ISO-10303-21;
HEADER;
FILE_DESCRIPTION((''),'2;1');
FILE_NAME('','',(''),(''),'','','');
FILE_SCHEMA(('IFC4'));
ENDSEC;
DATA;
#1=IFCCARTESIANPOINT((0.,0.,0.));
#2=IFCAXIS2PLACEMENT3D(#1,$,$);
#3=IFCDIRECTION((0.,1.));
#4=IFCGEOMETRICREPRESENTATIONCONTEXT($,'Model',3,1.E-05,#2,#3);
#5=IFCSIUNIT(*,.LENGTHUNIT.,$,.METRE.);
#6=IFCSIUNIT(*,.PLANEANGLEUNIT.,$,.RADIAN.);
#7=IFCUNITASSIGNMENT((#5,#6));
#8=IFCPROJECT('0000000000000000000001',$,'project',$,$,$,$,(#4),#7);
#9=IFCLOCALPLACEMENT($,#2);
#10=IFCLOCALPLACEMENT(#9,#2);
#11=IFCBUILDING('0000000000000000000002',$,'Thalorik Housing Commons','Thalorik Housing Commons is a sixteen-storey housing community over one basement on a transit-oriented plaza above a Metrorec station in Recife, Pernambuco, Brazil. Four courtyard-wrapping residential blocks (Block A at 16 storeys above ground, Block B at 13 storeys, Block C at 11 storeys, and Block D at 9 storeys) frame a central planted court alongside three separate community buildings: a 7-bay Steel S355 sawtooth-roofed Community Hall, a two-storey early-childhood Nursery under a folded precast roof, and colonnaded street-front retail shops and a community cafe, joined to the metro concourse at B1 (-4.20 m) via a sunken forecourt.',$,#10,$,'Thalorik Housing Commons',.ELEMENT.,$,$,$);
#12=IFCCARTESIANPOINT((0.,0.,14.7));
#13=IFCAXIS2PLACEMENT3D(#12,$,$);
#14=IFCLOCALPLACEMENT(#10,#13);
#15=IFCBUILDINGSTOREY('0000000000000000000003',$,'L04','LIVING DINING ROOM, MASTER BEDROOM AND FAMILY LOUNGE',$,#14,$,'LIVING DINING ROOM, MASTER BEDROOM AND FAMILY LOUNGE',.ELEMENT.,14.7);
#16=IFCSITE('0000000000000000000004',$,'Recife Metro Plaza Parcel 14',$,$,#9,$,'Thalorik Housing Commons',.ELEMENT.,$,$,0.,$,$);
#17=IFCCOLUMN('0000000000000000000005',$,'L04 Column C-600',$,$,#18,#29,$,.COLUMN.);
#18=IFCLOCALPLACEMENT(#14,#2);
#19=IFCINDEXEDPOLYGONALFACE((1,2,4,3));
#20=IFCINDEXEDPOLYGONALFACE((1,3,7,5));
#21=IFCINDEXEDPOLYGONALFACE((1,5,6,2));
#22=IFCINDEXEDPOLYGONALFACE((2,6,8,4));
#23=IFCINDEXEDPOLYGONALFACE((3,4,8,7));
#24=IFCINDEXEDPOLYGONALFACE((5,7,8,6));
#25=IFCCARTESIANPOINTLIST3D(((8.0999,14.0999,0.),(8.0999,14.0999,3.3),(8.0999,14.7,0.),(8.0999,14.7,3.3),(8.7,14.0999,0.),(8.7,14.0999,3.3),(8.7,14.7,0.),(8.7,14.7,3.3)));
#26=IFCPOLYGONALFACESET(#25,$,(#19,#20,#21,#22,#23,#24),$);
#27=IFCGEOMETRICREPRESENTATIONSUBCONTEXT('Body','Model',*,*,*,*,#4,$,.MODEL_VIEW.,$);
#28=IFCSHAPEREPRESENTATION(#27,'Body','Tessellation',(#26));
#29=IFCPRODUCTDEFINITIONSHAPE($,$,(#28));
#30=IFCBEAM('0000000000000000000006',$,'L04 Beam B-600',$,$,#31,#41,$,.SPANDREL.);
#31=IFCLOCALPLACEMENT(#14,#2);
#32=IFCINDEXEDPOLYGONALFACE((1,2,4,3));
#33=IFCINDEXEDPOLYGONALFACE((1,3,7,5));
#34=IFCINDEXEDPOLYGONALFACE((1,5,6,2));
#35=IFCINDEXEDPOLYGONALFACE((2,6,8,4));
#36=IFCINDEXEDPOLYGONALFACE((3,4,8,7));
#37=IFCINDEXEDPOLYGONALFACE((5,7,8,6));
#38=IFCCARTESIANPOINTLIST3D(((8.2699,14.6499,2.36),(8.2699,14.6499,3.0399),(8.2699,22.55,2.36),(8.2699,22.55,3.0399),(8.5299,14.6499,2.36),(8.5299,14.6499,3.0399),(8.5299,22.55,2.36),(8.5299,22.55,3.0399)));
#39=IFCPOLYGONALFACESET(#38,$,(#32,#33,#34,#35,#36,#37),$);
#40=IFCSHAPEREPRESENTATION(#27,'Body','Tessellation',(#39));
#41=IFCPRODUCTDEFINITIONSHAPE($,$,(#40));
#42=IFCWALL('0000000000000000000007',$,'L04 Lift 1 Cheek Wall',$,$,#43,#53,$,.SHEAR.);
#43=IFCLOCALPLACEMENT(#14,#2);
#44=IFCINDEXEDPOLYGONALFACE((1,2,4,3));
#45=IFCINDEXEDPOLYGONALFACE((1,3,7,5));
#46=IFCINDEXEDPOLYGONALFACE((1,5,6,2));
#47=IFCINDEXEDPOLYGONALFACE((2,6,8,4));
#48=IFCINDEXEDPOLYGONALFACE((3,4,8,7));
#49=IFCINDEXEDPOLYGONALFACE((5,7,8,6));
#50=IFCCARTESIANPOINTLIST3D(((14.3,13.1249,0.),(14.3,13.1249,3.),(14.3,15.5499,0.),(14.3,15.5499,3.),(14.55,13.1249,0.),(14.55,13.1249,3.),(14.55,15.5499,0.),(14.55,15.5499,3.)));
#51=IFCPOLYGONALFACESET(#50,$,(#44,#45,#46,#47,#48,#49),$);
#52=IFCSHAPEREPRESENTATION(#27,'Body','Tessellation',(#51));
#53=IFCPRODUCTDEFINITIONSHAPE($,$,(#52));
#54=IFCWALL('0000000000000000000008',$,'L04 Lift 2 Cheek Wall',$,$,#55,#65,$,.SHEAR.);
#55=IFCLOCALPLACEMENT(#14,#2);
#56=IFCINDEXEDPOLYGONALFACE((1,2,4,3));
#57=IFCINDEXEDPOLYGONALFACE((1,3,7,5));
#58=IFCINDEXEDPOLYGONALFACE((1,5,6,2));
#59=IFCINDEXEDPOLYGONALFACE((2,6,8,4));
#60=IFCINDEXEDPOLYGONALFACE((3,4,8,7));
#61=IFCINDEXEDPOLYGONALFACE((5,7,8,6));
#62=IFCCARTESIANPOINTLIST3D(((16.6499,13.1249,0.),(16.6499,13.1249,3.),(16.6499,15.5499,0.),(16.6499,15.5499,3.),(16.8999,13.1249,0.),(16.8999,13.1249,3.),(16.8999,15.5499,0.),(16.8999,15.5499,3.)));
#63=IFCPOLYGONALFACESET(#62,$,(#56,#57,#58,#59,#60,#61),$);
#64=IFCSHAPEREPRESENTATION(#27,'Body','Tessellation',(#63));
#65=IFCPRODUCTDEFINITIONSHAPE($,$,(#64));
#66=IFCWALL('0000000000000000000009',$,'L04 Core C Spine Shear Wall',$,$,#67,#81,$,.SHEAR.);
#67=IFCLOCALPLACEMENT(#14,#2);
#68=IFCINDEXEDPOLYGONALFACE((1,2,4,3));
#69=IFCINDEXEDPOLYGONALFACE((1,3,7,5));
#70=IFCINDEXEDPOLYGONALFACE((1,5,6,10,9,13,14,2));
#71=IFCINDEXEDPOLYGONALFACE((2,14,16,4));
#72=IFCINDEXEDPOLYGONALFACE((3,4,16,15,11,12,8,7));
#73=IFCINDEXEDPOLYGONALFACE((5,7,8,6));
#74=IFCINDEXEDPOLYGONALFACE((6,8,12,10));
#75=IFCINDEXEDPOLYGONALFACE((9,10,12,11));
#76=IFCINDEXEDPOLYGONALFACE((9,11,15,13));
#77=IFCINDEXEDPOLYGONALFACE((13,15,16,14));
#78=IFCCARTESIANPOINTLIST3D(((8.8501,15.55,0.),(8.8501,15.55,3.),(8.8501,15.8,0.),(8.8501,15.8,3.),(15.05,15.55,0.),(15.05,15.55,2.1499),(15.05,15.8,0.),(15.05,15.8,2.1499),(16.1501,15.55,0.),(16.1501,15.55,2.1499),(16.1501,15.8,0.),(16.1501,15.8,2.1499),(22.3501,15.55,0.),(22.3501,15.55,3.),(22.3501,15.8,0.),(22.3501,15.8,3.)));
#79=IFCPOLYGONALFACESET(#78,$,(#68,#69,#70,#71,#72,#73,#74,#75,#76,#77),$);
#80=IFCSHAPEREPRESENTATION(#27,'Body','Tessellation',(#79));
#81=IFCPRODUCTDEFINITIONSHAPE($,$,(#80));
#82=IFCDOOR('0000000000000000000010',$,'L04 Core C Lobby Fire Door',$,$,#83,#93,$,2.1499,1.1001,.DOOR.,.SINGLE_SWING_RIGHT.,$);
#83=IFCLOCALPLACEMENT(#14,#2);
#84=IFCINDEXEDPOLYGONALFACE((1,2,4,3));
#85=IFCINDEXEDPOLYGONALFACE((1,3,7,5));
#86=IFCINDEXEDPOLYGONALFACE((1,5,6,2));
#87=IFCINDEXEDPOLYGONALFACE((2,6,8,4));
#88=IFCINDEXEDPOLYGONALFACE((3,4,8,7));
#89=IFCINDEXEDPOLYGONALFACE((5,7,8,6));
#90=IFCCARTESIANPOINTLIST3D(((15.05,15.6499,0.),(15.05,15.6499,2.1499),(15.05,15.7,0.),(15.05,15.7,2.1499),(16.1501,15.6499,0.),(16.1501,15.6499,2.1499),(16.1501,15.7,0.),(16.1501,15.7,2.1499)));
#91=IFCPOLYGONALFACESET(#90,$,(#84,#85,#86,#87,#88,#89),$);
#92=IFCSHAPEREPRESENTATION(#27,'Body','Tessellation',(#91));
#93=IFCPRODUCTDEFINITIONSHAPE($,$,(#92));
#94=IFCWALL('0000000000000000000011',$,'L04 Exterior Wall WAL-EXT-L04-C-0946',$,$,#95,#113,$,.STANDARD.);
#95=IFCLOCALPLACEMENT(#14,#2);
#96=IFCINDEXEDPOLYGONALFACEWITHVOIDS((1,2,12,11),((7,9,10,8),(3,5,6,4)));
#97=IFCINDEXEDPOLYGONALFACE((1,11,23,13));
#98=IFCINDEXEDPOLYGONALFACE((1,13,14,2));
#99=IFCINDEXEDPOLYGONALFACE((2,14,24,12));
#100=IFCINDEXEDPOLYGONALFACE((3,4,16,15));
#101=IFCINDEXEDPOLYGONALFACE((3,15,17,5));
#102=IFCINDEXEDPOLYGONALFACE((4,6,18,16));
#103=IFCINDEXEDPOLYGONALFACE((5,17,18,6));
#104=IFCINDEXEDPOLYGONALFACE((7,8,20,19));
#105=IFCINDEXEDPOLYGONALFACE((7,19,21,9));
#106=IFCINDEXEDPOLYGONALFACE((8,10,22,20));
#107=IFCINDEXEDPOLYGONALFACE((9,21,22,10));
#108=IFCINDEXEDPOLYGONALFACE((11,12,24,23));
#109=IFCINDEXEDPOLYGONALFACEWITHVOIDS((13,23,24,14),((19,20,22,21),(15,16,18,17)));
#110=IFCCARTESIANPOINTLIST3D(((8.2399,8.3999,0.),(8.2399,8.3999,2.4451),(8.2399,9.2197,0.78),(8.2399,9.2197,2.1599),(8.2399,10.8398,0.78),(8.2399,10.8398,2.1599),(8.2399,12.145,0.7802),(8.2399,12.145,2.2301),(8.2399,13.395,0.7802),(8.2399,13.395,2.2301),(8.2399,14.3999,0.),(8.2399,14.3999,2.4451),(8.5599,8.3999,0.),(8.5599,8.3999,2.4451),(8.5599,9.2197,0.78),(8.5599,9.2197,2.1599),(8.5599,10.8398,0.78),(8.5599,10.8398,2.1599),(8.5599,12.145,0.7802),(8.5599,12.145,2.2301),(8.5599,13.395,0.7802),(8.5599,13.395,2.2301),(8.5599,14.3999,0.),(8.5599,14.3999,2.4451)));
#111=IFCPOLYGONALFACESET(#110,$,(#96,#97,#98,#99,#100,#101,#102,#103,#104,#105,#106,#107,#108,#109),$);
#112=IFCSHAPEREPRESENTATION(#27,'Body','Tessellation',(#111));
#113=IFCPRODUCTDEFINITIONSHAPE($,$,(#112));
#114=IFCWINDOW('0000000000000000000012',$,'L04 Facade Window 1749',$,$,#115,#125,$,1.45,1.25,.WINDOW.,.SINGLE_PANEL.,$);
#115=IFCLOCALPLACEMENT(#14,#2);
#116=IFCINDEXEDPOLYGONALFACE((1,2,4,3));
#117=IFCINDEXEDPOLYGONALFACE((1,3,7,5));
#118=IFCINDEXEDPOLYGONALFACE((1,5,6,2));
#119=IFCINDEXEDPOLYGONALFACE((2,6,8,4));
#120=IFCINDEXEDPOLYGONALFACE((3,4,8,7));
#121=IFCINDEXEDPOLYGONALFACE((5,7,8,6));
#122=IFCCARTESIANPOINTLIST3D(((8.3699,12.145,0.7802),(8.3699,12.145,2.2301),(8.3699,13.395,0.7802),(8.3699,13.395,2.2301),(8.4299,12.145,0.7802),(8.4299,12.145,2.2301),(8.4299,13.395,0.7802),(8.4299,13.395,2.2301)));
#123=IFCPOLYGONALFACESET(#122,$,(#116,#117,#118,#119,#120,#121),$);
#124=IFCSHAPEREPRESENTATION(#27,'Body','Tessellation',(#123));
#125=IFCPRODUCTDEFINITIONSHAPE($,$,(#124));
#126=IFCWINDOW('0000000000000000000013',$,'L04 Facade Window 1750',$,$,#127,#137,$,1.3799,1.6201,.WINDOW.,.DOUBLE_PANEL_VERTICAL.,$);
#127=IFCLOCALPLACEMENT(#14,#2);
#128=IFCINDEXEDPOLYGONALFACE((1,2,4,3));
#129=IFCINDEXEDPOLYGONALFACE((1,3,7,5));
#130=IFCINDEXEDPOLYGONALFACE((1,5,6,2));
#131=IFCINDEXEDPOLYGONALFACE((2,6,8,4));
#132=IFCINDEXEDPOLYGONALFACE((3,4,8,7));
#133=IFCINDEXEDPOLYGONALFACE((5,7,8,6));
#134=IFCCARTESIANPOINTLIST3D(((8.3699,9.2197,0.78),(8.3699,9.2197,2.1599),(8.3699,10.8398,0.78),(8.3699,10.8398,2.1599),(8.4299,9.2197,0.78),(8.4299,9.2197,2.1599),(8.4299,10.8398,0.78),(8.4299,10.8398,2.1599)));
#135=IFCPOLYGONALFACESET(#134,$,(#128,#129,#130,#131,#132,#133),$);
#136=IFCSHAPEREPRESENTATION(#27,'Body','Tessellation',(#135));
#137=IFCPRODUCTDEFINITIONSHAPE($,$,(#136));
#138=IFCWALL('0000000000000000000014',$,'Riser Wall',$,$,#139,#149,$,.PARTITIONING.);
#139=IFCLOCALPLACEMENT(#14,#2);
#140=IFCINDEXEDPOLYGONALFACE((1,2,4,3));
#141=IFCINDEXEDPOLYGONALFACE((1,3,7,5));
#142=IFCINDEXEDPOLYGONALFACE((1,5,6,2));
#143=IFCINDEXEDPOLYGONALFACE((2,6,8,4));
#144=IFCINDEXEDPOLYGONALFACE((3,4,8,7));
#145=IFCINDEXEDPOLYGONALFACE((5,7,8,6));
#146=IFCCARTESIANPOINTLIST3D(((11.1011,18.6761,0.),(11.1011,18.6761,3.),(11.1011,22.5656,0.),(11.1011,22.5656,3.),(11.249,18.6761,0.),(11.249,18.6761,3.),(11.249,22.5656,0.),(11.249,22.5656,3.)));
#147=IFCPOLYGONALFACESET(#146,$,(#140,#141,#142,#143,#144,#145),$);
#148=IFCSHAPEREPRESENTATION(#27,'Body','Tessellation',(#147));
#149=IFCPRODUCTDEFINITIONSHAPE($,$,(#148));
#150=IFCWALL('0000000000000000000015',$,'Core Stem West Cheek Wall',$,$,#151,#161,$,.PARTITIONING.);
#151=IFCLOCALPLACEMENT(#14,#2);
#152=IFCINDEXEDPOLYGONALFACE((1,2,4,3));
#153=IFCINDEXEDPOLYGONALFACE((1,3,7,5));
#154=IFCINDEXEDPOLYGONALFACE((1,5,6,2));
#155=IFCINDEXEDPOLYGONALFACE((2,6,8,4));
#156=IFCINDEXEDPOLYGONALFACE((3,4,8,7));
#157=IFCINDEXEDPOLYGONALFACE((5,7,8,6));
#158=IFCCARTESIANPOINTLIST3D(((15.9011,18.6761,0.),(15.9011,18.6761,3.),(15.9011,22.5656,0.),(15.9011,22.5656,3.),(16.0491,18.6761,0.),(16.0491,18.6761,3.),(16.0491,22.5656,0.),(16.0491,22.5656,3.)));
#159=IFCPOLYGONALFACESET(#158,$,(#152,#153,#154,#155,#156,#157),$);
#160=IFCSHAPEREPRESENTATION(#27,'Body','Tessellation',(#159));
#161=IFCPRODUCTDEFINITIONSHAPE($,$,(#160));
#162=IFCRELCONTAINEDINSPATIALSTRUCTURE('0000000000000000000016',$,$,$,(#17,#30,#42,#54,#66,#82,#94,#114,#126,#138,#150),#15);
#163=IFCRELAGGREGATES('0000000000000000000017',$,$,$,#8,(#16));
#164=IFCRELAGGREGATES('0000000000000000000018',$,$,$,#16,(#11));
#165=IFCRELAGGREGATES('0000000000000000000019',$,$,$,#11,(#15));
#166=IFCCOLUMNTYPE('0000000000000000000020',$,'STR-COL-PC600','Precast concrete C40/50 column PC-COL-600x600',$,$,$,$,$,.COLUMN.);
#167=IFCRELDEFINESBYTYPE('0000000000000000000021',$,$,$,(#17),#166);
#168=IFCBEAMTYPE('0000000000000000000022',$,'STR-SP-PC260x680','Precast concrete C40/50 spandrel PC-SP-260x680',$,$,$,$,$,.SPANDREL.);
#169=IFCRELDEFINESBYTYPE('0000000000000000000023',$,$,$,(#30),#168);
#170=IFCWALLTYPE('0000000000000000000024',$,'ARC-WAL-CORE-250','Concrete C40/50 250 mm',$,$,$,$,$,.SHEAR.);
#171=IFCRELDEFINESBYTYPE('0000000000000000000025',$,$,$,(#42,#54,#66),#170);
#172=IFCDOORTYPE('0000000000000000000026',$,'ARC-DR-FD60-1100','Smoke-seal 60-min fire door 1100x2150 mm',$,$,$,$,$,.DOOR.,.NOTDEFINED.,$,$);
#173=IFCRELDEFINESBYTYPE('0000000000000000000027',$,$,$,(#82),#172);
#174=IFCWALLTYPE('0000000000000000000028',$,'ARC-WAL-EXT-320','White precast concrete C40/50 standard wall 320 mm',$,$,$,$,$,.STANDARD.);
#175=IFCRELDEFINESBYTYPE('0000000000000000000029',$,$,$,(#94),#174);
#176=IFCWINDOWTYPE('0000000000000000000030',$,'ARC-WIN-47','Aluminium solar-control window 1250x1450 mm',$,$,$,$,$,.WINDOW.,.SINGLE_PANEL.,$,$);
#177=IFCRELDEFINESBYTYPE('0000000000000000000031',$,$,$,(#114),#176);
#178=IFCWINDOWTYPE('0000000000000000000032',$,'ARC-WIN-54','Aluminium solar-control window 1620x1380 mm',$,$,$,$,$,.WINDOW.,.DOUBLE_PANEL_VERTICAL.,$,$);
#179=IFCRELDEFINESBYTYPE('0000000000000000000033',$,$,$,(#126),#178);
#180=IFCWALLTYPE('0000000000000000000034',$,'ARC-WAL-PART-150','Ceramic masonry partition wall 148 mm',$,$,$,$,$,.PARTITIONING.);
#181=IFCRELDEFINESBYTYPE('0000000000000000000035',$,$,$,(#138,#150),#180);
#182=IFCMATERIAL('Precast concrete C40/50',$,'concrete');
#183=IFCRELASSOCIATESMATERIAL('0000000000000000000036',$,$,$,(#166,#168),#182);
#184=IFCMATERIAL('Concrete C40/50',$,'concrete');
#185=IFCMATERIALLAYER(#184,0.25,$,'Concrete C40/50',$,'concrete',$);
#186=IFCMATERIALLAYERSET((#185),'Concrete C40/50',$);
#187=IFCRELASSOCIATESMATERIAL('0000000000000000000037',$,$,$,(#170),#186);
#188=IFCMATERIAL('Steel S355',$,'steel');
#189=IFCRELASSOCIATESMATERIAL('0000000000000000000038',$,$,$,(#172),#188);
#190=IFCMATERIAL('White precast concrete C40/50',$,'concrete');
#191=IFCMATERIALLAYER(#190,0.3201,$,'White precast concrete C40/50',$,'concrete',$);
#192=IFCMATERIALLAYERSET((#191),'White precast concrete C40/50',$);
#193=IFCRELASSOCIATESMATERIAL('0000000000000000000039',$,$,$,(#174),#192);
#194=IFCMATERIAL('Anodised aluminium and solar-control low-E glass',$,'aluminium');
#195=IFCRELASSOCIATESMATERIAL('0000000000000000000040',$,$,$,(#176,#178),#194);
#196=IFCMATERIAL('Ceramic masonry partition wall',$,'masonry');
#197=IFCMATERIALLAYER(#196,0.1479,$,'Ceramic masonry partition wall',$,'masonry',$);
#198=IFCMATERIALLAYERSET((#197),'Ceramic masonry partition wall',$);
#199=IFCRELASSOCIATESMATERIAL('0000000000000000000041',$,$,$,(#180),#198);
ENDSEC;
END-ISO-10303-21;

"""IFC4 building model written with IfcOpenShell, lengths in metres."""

from ifc_helpers import new_model, si_unit, direction, frame, frame_2d, origin, origin_2d, place, context, subcontext, project, spatial, rectangle, extrude, material, layer, layer_set, material_profile, profile_set, type_object, element, fill, save


model = new_model("IFC4")

# Units and contexts
model_context = context("Model", 3, precision=1e-05, world=origin(), true_north=direction((0.0, 1.0)))
body_context = subcontext(model_context, "Body", "Model", "MODEL_VIEW")
ifc_project = project(units=[si_unit("LENGTHUNIT", "METRE"), si_unit("PLANEANGLEUNIT", "RADIAN")], contexts=[model_context])

# Site, building, storey
site_placement = place(None, origin())
site = spatial("IfcSite", under=ifc_project, at=site_placement, Name="Recife Metro Plaza Parcel 14", LongName="Thalorik Housing Commons", CompositionType="ELEMENT", RefElevation=0.0)
building_placement = place(site_placement, origin())
building = spatial("IfcBuilding", under=site, at=building_placement, Name="Thalorik Housing Commons", Description="Thalorik Housing Commons is a sixteen-storey housing community over one basement on a transit-oriented plaza above a Metrorec station in Recife, Pernambuco, Brazil. Four courtyard-wrapping residential blocks (Block A at 16 storeys above ground, Block B at 13 storeys, Block C at 11 storeys, and Block D at 9 storeys) frame a central planted court alongside three separate community buildings: a 7-bay Steel S355 sawtooth-roofed Community Hall, a two-storey early-childhood Nursery under a folded precast roof, and colonnaded street-front retail shops and a community cafe, joined to the metro concourse at B1 (-4.20 m) via a sunken forecourt.", LongName="Thalorik Housing Commons", CompositionType="ELEMENT")
storey_placement = place(building_placement, frame((0.0, 0.0, 14.7)))
storey = spatial("IfcBuildingStorey", under=building, at=storey_placement, Name="L04", Description="LIVING DINING ROOM, MASTER BEDROOM AND FAMILY LOUNGE", LongName="LIVING DINING ROOM, MASTER BEDROOM AND FAMILY LOUNGE", CompositionType="ELEMENT", Elevation=14.7)

# Column
ifc_material_1 = material(Name="Precast concrete C40/50", Category="concrete")
ifc_material_profile_1 = material_profile(ifc_material_1, rectangle(XDim=0.6001, YDim=0.6001, at=origin_2d()), Name="PC 600x600", Category="concrete")
ifc_profile_set_1 = profile_set([ifc_material_profile_1], Name="Precast concrete C40/50")
column_type = type_object("IfcColumnType", Name="STR-COL-PC600", Description="Precast concrete C40/50 column PC-COL-600x600", PredefinedType="COLUMN", material=ifc_profile_set_1)
column_placement = place(storey_placement, frame((8.3999, 14.3999, 0.0), z_axis=(0.0, 0.0, 1.0), x_axis=(1.0, 0.0, 0.0)))
element("IfcColumn", 1, at=column_placement, inside=storey, type_object=column_type, Name="L04 Column C-600", PredefinedType="COLUMN", context=body_context, shape_type="SweptSolid", body=[
    extrude(rectangle(XDim=0.6001, YDim=0.6001, at=origin_2d()), origin(), (0.0, 0.0, 1.0), 3.3),
])

# Beam
ifc_material_profile_2 = material_profile(ifc_material_1, rectangle(XDim=0.26, YDim=0.6799, at=origin_2d()), Name="PC SP 260x680", Category="concrete")
ifc_profile_set_2 = profile_set([ifc_material_profile_2], Name="Precast concrete C40/50")
beam_type = type_object("IfcBeamType", Name="STR-SP-PC260x680", Description="Precast concrete C40/50 spandrel PC-SP-260x680", PredefinedType="SPANDREL", material=ifc_profile_set_2)
beam_placement = place(storey_placement, frame((8.3999, 14.6499, 2.7), z_axis=(0.0, 1.0, 0.0), x_axis=(-1.0, 0.0, 0.0)))
element("IfcBeam", 2, at=beam_placement, inside=storey, type_object=beam_type, Name="L04 Beam B-600", PredefinedType="SPANDREL", context=body_context, shape_type="SweptSolid", body=[
    extrude(rectangle(XDim=0.26, YDim=0.6799, at=origin_2d()), origin(), (0.0, 0.0, 1.0), 7.9001),
])

# Shared definitions
ifc_material_2 = material(Name="Concrete C40/50", Category="concrete")
ifc_layer_1 = layer(ifc_material_2, 0.25, Name="Concrete C40/50", Category="concrete")
ifc_layer_set_1 = layer_set([ifc_layer_1], Name="Concrete C40/50")
wall_type_1 = type_object("IfcWallType", Name="ARC-WAL-CORE-250", Description="Concrete C40/50 250 mm", PredefinedType="SHEAR", material=ifc_layer_set_1)
ifc_material_3 = material(Name="Steel S355", Category="steel")

# Walls
for number, where, z_axis, x_axis, name in (
    (3, (14.425, 13.125, 0.0), (0.0, 0.0, 1.0), (0.0, 1.0, 0.0), "L04 Lift 1 Cheek Wall"),
    (4, (16.7749, 13.125, 0.0), (0.0, 0.0, 1.0), (0.0, 1.0, 0.0), "L04 Lift 2 Cheek Wall"),
):
    element("IfcWall", number, at=place(storey_placement, frame(where, z_axis=z_axis, x_axis=x_axis)), inside=storey, type_object=wall_type_1, Name=name, PredefinedType="SHEAR", context=body_context, shape_type="SweptSolid", body=[
        extrude(rectangle(XDim=2.425, YDim=0.25, at=frame_2d((1.2124, 0.0))), origin(), (0.0, 0.0, 1.0), 3.0),
    ])

# Wall, opening, door
wall_1_placement = place(storey_placement, frame((8.8501, 15.675, 0.0), z_axis=(0.0, 0.0, 1.0), x_axis=(1.0, 0.0, 0.0)))
wall_1 = element("IfcWall", 5, at=wall_1_placement, inside=storey, type_object=wall_type_1, Name="L04 Core C Spine Shear Wall", PredefinedType="SHEAR", context=body_context, shape_type="SweptSolid", body=[
    extrude(rectangle(XDim=13.5, YDim=0.25, at=frame_2d((6.75, 0.0))), origin(), (0.0, 0.0, 1.0), 3.0),
])
opening_1_placement = place(wall_1_placement, frame((6.2, 0.0, 0.0)))
opening_1 = element("IfcOpeningElement", 6, at=opening_1_placement, cuts=wall_1, PredefinedType="OPENING", context=body_context, shape_type="SweptSolid", body=[
    extrude(rectangle(XDim=1.1001, YDim=2.1499, at=frame_2d((0.55, 1.075))), frame((0.0, 0.135, 0.0), z_axis=(0.0, -1.0, 0.0), x_axis=(1.0, 0.0, 0.0)), (0.0, 0.0, 1.0), 0.27),
])
door_type_1 = type_object("IfcDoorType", Name="ARC-DR-FD60-1100", Description="Smoke-seal 60-min fire door 1100x2150 mm", OperationType="NOTDEFINED", PredefinedType="DOOR", material=ifc_material_3)
door_1_placement = place(opening_1_placement, origin())
door_1 = element("IfcDoor", 7, at=door_1_placement, inside=storey, type_object=door_type_1, Name="L04 Core C Lobby Fire Door", OperationType="SINGLE_SWING_RIGHT", OverallHeight=2.1499, OverallWidth=1.1001, PredefinedType="DOOR", context=body_context, shape_type="SweptSolid", body=[
    extrude(rectangle(XDim=1.1001, YDim=2.1499, at=frame_2d((0.55, 1.075))), frame((0.0, 0.0249, 0.0), z_axis=(0.0, -1.0, 0.0), x_axis=(1.0, 0.0, 0.0)), (0.0, 0.0, 1.0), 0.05),
])
fill(opening_1, door_1)

# Wall, openings, windows
ifc_material_4 = material(Name="White precast concrete C40/50", Category="concrete")
ifc_layer_2 = layer(ifc_material_4, 0.3201, Name="White precast concrete C40/50", Category="concrete")
ifc_layer_set_2 = layer_set([ifc_layer_2], Name="White precast concrete C40/50")
wall_type_2 = type_object("IfcWallType", Name="ARC-WAL-EXT-320", Description="White precast concrete C40/50 standard wall 320 mm", PredefinedType="STANDARD", material=ifc_layer_set_2)
wall_2_placement = place(storey_placement, frame((8.3999, 14.3999, 0.0), z_axis=(0.0, 0.0, 1.0), x_axis=(0.0, -1.0, 0.0)))
wall_2 = element("IfcWall", 8, at=wall_2_placement, inside=storey, type_object=wall_type_2, Name="L04 Exterior Wall WAL-EXT-L04-C-0946", PredefinedType="STANDARD", context=body_context, shape_type="SweptSolid", body=[
    extrude(rectangle(XDim=6.0, YDim=0.3201, at=frame_2d((3.0, 0.0))), origin(), (0.0, 0.0, 1.0), 2.4451),
])
opening_2_placement = place(wall_2_placement, frame((1.0049, 0.0, 0.78)))
opening_2 = element("IfcOpeningElement", 9, at=opening_2_placement, cuts=wall_2, PredefinedType="OPENING", context=body_context, shape_type="SweptSolid", body=[
    extrude(rectangle(XDim=1.25, YDim=1.45, at=frame_2d((0.625, 0.7251))), frame((0.0, 0.1699, 0.0), z_axis=(0.0, -1.0, 0.0), x_axis=(1.0, 0.0, 0.0)), (0.0, 0.0, 1.0), 0.3401),
])
opening_3_placement = place(wall_2_placement, frame((3.5601, 0.0, 0.78)))
opening_3 = element("IfcOpeningElement", 10, at=opening_3_placement, cuts=wall_2, PredefinedType="OPENING", context=body_context, shape_type="SweptSolid", body=[
    extrude(rectangle(XDim=1.6201, YDim=1.3799, at=frame_2d((0.8101, 0.6899))), frame((0.0, 0.1699, 0.0), z_axis=(0.0, -1.0, 0.0), x_axis=(1.0, 0.0, 0.0)), (0.0, 0.0, 1.0), 0.3401),
])
ifc_material_5 = material(Name="Anodised aluminium and solar-control low-E glass", Category="aluminium")
window_type_1 = type_object("IfcWindowType", Name="ARC-WIN-47", Description="Aluminium solar-control window 1250x1450 mm", PartitioningType="SINGLE_PANEL", PredefinedType="WINDOW", material=ifc_material_5)
window_1_placement = place(opening_2_placement, origin())
window_1 = element("IfcWindow", 11, at=window_1_placement, inside=storey, type_object=window_type_1, Name="L04 Facade Window 1749", OverallHeight=1.45, OverallWidth=1.25, PartitioningType="SINGLE_PANEL", PredefinedType="WINDOW", context=body_context, shape_type="SweptSolid", body=[
    extrude(rectangle(XDim=1.25, YDim=1.45, at=frame_2d((0.625, 0.7251))), frame((0.0, 0.03, 0.0), z_axis=(0.0, -1.0, 0.0), x_axis=(1.0, 0.0, 0.0)), (0.0, 0.0, 1.0), 0.0601),
])
fill(opening_2, window_1)
window_type_2 = type_object("IfcWindowType", Name="ARC-WIN-54", Description="Aluminium solar-control window 1620x1380 mm", PartitioningType="DOUBLE_PANEL_VERTICAL", PredefinedType="WINDOW", material=ifc_material_5)
window_2_placement = place(opening_3_placement, origin())
window_2 = element("IfcWindow", 12, at=window_2_placement, inside=storey, type_object=window_type_2, Name="L04 Facade Window 1750", OverallHeight=1.3799, OverallWidth=1.6201, PartitioningType="DOUBLE_PANEL_VERTICAL", PredefinedType="WINDOW", context=body_context, shape_type="SweptSolid", body=[
    extrude(rectangle(XDim=1.6201, YDim=1.3799, at=frame_2d((0.8101, 0.6899))), frame((0.0, 0.03, 0.0), z_axis=(0.0, -1.0, 0.0), x_axis=(1.0, 0.0, 0.0)), (0.0, 0.0, 1.0), 0.0601),
])
fill(opening_3, window_2)

# Walls
ifc_material_6 = material(Name="Ceramic masonry partition wall", Category="masonry")
ifc_layer_3 = layer(ifc_material_6, 0.1479, Name="Ceramic masonry partition wall", Category="masonry")
ifc_layer_set_3 = layer_set([ifc_layer_3], Name="Ceramic masonry partition wall")
wall_type_3 = type_object("IfcWallType", Name="ARC-WAL-PART-150", Description="Ceramic masonry partition wall 148 mm", PredefinedType="PARTITIONING", material=ifc_layer_set_3)
for number, where, z_axis, x_axis, name in (
    (13, (11.175, 18.676, 0.0), (0.0, 0.0, 1.0), (0.0, 1.0, 0.0), "Riser Wall"),
    (14, (15.9751, 18.676, 0.0), (0.0, 0.0, 1.0), (0.0, 1.0, 0.0), "Core Stem West Cheek Wall"),
):
    element("IfcWall", number, at=place(storey_placement, frame(where, z_axis=z_axis, x_axis=x_axis)), inside=storey, type_object=wall_type_3, Name=name, PredefinedType="PARTITIONING", context=body_context, shape_type="SweptSolid", body=[
        extrude(rectangle(XDim=3.8894, YDim=0.1479, at=frame_2d((1.9448, 0.0))), origin(), (0.0, 0.0, 1.0), 3.0),
    ])

save(model, "model.ifc")
